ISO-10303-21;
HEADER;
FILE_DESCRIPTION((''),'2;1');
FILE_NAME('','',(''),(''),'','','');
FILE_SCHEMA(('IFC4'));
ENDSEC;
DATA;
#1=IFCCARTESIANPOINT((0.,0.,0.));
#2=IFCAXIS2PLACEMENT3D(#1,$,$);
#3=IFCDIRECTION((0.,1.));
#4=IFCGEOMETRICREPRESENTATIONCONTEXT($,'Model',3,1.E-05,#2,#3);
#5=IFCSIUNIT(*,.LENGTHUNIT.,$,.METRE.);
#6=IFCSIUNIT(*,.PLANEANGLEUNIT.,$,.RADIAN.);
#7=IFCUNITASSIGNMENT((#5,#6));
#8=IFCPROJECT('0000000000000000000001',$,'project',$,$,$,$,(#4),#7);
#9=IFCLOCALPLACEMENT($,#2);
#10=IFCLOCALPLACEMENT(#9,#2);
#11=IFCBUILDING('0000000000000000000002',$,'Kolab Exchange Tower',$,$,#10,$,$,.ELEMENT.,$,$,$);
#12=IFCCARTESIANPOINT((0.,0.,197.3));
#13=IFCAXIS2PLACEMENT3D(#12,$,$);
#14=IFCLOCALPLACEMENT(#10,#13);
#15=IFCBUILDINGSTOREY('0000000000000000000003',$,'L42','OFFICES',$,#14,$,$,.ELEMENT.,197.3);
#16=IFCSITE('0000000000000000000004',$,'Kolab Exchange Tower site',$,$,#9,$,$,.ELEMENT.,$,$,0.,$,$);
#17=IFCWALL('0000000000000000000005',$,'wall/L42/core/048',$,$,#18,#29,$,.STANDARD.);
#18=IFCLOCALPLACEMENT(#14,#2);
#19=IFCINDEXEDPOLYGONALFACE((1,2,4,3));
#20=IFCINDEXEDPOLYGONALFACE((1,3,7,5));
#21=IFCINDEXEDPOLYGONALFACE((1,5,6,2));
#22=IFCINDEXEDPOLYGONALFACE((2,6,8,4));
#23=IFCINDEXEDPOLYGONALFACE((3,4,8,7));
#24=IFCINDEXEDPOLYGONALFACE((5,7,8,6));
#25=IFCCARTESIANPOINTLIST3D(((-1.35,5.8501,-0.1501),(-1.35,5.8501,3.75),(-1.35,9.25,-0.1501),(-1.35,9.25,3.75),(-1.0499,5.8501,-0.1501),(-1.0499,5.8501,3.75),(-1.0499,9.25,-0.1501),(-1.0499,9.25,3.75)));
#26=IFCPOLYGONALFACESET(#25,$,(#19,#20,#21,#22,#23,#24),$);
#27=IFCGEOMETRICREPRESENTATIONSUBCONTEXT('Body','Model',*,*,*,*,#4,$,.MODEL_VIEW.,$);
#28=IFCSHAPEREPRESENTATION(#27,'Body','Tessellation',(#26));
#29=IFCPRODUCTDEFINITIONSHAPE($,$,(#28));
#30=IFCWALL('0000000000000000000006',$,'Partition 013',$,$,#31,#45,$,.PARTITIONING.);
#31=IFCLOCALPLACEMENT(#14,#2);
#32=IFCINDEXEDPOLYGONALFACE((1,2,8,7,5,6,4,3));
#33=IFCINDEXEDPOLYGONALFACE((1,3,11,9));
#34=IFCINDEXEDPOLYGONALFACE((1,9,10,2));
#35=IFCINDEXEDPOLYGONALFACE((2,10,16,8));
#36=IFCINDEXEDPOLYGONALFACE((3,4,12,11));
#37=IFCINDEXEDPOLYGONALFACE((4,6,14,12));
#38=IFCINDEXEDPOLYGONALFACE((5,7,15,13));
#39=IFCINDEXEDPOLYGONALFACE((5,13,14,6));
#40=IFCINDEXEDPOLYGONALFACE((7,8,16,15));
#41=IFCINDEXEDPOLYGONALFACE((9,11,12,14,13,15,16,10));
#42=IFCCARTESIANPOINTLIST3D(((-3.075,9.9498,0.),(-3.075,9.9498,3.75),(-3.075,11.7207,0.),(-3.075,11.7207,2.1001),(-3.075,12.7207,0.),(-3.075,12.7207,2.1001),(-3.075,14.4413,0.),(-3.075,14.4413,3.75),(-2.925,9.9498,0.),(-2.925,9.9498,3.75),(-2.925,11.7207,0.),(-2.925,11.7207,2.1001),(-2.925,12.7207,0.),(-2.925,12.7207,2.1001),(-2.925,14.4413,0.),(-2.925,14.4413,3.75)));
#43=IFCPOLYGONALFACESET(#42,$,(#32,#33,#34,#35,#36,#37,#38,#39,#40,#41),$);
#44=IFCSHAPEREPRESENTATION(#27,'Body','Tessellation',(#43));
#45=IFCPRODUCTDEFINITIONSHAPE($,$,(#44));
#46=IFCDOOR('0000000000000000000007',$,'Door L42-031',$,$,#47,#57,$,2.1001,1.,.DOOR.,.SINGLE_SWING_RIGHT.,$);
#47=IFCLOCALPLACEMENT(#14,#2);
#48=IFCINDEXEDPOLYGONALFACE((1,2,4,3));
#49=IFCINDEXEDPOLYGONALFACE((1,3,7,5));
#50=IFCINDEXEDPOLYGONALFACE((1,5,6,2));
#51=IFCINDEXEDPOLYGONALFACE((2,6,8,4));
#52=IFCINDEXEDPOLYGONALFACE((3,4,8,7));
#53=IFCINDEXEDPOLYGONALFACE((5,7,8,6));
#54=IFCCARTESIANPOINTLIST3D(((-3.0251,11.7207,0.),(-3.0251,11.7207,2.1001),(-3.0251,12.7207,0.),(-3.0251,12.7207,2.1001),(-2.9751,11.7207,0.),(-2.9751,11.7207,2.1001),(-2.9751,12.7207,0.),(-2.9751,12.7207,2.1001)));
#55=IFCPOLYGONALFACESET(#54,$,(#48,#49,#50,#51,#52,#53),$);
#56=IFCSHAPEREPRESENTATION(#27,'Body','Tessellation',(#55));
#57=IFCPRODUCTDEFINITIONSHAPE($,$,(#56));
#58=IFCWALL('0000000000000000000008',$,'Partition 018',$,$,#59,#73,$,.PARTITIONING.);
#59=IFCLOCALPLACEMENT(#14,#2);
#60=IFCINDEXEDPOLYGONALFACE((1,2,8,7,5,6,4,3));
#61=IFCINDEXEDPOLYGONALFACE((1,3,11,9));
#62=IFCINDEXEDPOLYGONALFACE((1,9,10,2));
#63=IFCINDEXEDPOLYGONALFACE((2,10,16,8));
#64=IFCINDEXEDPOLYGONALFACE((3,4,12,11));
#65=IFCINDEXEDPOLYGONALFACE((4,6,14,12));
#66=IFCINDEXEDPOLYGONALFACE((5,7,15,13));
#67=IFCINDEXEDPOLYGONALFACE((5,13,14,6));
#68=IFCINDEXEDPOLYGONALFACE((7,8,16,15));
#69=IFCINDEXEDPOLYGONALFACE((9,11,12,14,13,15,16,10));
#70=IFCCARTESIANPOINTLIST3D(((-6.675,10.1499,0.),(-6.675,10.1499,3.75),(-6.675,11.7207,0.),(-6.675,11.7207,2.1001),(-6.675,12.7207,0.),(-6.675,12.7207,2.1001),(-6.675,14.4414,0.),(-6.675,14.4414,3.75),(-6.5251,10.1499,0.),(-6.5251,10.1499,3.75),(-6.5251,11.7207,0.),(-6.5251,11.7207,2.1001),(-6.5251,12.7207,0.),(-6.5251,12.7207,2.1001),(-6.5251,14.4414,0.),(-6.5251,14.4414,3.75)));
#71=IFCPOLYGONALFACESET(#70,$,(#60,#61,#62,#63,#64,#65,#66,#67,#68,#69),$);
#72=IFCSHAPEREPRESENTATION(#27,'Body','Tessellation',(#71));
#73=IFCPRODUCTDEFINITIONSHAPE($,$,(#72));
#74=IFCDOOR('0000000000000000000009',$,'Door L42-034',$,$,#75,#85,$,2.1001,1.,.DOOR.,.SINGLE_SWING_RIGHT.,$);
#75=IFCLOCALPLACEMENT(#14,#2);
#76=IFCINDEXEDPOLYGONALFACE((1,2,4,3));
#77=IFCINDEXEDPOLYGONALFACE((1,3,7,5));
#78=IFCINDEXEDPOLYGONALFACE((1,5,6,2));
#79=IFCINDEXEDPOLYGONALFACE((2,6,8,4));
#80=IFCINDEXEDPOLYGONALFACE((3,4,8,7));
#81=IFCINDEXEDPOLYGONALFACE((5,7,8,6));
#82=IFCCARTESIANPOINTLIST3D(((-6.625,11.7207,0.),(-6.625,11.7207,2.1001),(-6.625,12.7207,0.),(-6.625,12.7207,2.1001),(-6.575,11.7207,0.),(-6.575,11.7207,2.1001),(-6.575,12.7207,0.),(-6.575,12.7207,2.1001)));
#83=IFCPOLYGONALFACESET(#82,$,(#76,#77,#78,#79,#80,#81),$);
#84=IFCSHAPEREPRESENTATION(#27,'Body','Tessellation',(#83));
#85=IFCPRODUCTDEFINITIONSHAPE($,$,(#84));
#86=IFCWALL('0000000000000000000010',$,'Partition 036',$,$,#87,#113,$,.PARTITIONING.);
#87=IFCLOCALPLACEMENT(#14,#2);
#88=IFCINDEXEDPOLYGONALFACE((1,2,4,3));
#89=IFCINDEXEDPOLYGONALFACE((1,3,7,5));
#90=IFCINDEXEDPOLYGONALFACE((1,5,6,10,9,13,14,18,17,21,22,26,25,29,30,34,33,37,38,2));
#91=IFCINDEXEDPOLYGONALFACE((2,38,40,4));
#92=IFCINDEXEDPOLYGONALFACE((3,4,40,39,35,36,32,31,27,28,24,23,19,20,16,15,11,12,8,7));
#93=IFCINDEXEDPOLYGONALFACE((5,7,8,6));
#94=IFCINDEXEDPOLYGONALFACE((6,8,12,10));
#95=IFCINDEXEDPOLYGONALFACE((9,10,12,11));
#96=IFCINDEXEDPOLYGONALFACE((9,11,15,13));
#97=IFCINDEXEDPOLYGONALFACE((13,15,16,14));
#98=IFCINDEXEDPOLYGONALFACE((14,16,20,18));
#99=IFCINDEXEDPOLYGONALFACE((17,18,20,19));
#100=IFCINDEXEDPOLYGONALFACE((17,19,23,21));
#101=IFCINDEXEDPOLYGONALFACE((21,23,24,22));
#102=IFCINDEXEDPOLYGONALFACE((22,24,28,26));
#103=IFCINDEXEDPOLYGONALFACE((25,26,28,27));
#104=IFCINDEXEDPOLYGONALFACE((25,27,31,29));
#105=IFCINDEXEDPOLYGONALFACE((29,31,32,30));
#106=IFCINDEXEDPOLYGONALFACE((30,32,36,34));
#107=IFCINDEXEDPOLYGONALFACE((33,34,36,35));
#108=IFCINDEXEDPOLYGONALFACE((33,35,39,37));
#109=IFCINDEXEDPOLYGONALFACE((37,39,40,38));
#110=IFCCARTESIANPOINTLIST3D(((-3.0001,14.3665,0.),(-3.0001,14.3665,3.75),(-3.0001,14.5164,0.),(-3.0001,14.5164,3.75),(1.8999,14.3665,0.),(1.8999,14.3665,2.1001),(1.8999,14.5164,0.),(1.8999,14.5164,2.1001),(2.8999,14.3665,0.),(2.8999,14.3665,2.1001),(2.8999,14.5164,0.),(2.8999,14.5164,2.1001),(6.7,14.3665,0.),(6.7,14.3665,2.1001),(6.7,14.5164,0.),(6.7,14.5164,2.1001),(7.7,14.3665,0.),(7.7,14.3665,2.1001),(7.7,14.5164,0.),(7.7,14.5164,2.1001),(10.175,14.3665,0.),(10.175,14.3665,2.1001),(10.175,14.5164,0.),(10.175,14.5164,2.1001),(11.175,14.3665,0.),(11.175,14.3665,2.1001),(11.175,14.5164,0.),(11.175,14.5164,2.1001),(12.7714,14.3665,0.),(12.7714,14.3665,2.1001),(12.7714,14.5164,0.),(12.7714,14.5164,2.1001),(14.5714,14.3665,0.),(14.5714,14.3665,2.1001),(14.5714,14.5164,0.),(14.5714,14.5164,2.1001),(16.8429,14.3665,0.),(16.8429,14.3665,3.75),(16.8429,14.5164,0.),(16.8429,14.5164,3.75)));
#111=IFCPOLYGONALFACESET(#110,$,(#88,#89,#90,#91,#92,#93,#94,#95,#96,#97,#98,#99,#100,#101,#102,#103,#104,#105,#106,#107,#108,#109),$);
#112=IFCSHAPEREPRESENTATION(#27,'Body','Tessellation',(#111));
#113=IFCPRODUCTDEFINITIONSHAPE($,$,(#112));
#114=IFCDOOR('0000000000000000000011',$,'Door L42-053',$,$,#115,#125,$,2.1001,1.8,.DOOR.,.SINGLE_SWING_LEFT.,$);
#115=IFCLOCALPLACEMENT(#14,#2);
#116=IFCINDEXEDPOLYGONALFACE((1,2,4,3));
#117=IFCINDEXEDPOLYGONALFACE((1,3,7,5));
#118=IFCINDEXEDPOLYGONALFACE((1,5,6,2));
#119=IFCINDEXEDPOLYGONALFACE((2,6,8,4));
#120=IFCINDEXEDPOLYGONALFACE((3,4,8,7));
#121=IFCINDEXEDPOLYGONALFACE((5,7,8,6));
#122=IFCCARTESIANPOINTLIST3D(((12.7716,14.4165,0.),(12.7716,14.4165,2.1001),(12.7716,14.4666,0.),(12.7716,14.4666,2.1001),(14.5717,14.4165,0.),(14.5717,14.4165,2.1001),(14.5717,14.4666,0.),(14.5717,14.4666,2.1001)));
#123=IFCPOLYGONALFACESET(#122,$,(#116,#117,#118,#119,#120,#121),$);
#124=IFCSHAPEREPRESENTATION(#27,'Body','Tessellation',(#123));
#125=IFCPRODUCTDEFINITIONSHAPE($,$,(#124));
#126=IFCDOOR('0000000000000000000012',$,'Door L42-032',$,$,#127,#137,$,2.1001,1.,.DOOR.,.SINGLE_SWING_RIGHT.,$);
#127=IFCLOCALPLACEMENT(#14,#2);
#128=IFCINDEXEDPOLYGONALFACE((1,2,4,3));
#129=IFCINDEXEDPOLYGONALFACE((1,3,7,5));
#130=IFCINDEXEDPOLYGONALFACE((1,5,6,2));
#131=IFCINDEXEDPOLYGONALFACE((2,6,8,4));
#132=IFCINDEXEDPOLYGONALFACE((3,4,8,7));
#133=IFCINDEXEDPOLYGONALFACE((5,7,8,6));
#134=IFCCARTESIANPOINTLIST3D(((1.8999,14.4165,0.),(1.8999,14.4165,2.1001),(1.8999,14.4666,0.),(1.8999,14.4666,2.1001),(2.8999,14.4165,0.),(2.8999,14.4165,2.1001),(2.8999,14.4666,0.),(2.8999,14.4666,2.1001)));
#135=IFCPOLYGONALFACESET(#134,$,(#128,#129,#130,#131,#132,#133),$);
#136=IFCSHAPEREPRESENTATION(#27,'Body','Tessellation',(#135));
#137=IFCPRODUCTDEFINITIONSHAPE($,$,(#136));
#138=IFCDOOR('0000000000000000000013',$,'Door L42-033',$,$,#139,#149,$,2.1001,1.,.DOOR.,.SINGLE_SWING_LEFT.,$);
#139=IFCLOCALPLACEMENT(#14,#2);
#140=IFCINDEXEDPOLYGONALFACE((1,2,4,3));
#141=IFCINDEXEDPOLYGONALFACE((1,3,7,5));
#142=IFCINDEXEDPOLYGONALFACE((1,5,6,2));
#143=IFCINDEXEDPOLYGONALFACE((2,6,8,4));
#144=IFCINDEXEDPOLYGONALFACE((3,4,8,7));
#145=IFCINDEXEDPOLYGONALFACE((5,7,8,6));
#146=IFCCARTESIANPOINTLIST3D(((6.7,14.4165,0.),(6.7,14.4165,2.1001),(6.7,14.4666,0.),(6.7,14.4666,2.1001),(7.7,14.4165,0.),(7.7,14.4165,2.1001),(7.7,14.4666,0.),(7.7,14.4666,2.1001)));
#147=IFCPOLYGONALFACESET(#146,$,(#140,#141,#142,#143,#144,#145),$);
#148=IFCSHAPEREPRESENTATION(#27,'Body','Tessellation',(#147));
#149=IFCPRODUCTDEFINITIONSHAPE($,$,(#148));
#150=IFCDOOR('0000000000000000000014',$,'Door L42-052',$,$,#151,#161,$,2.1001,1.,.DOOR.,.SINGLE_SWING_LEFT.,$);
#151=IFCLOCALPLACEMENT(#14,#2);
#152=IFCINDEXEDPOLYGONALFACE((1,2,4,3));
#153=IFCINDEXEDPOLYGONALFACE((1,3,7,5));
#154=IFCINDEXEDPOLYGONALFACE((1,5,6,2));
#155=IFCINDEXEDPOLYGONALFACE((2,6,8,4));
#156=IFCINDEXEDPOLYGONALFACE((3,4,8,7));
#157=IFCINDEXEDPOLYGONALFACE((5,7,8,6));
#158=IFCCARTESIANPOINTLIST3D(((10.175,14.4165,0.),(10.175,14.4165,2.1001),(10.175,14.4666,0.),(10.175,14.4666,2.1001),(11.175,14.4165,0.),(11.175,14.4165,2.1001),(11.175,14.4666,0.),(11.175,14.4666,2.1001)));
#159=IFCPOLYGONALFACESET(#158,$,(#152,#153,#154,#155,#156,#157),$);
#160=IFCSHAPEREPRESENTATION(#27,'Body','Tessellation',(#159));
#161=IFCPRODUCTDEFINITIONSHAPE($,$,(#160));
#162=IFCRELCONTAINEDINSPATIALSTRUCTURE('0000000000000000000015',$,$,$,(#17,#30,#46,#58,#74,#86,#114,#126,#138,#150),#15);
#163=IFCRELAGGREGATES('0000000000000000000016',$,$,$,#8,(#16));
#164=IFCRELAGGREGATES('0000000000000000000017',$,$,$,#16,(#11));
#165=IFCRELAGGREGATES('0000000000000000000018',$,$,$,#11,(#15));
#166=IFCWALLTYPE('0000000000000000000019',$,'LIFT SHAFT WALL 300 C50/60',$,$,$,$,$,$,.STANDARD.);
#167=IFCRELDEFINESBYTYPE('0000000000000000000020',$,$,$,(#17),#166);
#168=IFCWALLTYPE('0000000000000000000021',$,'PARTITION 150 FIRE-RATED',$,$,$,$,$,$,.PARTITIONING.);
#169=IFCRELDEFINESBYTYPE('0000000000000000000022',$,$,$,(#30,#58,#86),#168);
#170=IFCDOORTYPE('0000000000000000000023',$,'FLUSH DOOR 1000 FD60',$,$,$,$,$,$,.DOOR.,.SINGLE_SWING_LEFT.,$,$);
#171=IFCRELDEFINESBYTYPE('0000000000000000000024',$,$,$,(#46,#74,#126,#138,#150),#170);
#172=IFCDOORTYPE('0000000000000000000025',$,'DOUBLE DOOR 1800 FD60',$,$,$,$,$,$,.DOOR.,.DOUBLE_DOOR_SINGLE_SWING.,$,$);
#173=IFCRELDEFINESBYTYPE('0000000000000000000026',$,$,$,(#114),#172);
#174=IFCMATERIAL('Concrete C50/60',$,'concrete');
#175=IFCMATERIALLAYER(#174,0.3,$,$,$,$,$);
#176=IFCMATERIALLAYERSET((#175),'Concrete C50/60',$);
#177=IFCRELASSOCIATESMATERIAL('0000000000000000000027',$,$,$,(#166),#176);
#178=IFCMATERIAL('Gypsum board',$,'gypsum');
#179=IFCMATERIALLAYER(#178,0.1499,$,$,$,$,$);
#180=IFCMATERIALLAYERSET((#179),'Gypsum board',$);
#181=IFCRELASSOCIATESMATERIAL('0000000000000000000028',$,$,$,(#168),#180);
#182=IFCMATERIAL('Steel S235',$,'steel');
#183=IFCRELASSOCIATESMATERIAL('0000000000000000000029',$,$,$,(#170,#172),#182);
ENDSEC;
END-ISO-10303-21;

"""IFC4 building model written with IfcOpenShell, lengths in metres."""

from ifc_helpers import new_model, si_unit, direction, frame, frame_2d, origin, place, context, subcontext, project, spatial, rectangle, extrude, material, layer, layer_set, type_object, element, fill, save


model = new_model("IFC4")

# Units and contexts
model_context = context("Model", 3, precision=1e-05, world=origin(), true_north=direction((0.0, 1.0)))
body_context = subcontext(model_context, "Body", "Model", "MODEL_VIEW")
ifc_project = project(units=[si_unit("LENGTHUNIT", "METRE"), si_unit("PLANEANGLEUNIT", "RADIAN")], contexts=[model_context])

# Site, building, storey
site_placement = place(None, origin())
site = spatial("IfcSite", under=ifc_project, at=site_placement, Name="Kolab Exchange Tower site", CompositionType="ELEMENT", RefElevation=0.0)
building_placement = place(site_placement, origin())
building = spatial("IfcBuilding", under=site, at=building_placement, Name="Kolab Exchange Tower", CompositionType="ELEMENT")
storey_placement = place(building_placement, frame((0.0, 0.0, 197.3)))
storey = spatial("IfcBuildingStorey", under=building, at=storey_placement, Name="L42", Description="OFFICES", CompositionType="ELEMENT", Elevation=197.3)

# Shared definitions
ifc_material_1 = material(Name="Steel S235", Category="steel")
ifc_material_2 = material(Name="Concrete C50/60", Category="concrete")
ifc_layer_1 = layer(ifc_material_2, 0.3)
ifc_layer_set_1 = layer_set([ifc_layer_1], Name="Concrete C50/60")
wall_type_1 = type_object("IfcWallType", Name="LIFT SHAFT WALL 300 C50/60", PredefinedType="STANDARD", material=ifc_layer_set_1)

# Wall
for number, where, z_axis, x_axis, name in (
    (1, (-1.2, 5.8501, -0.1501), (0.0, 0.0, 1.0), (0.0, 1.0, 0.0), "wall/L42/core/048"),
):
    element("IfcWall", number, at=place(storey_placement, frame(where, z_axis=z_axis, x_axis=x_axis)), inside=storey, type_object=wall_type_1, Name=name, PredefinedType="STANDARD", context=body_context, shape_type="SweptSolid", body=[
        extrude(rectangle(XDim=3.3999, YDim=0.3, at=frame_2d((1.7, 0.0))), origin(), (0.0, 0.0, 1.0), 3.9001),
    ])

# Walls, openings, doors
ifc_material_3 = material(Name="Gypsum board", Category="gypsum")
ifc_layer_2 = layer(ifc_material_3, 0.1499)
ifc_layer_set_2 = layer_set([ifc_layer_2], Name="Gypsum board")
wall_type_2 = type_object("IfcWallType", Name="PARTITION 150 FIRE-RATED", PredefinedType="PARTITIONING", material=ifc_layer_set_2)
wall_1_placement = place(storey_placement, frame((-3.0, 9.95, 0.0), z_axis=(0.0, 0.0, 1.0), x_axis=(0.0, 1.0, 0.0)))
wall_1 = element("IfcWall", 2, at=wall_1_placement, inside=storey, type_object=wall_type_2, Name="Partition 013", PredefinedType="PARTITIONING", context=body_context, shape_type="SweptSolid", body=[
    extrude(rectangle(XDim=4.4915, YDim=0.1499, at=frame_2d((2.2456, 0.0))), origin(), (0.0, 0.0, 1.0), 3.75),
])
opening_1_placement = place(wall_1_placement, frame((1.7708, 0.0, 0.0)))
opening_1 = element("IfcOpeningElement", 3, at=opening_1_placement, cuts=wall_1, PredefinedType="OPENING", context=body_context, shape_type="SweptSolid", body=[
    extrude(rectangle(XDim=1.0, YDim=2.1001, at=frame_2d((0.5, 1.05))), frame((0.0, 0.085, 0.0), z_axis=(0.0, -1.0, 0.0), x_axis=(1.0, 0.0, 0.0)), (0.0, 0.0, 1.0), 0.1699),
])
door_type_1 = type_object("IfcDoorType", Name="FLUSH DOOR 1000 FD60", OperationType="SINGLE_SWING_LEFT", PredefinedType="DOOR", material=ifc_material_1)
door_1_placement = place(opening_1_placement, frame((1.0, 0.0, 0.0), z_axis=(0.0, 0.0, 1.0), x_axis=(-1.0, 0.0, 0.0)))
door_1 = element("IfcDoor", 4, at=door_1_placement, inside=storey, type_object=door_type_1, Name="Door L42-031", OperationType="SINGLE_SWING_RIGHT", OverallHeight=2.1001, OverallWidth=1.0, PredefinedType="DOOR", context=body_context, shape_type="SweptSolid", body=[
    extrude(rectangle(XDim=1.0, YDim=2.1001, at=frame_2d((0.5, 1.05))), frame((0.0, 0.0249, 0.0), z_axis=(0.0, -1.0, 0.0), x_axis=(1.0, 0.0, 0.0)), (0.0, 0.0, 1.0), 0.05),
])
fill(opening_1, door_1)
wall_2_placement = place(storey_placement, frame((-6.6001, 10.1499, 0.0), z_axis=(0.0, 0.0, 1.0), x_axis=(0.0, 1.0, 0.0)))
wall_2 = element("IfcWall", 5, at=wall_2_placement, inside=storey, type_object=wall_type_2, Name="Partition 018", PredefinedType="PARTITIONING", context=body_context, shape_type="SweptSolid", body=[
    extrude(rectangle(XDim=4.2915, YDim=0.1499, at=frame_2d((2.1458, 0.0))), origin(), (0.0, 0.0, 1.0), 3.75),
])
opening_2_placement = place(wall_2_placement, frame((1.5708, 0.0, 0.0)))
opening_2 = element("IfcOpeningElement", 6, at=opening_2_placement, cuts=wall_2, PredefinedType="OPENING", context=body_context, shape_type="SweptSolid", body=[
    extrude(rectangle(XDim=1.0, YDim=2.1001, at=frame_2d((0.5, 1.05))), frame((0.0, 0.085, 0.0), z_axis=(0.0, -1.0, 0.0), x_axis=(1.0, 0.0, 0.0)), (0.0, 0.0, 1.0), 0.1699),
])
door_2_placement = place(opening_2_placement, origin())
door_2 = element("IfcDoor", 7, at=door_2_placement, inside=storey, type_object=door_type_1, Name="Door L42-034", OperationType="SINGLE_SWING_RIGHT", OverallHeight=2.1001, OverallWidth=1.0, PredefinedType="DOOR", context=body_context, shape_type="SweptSolid", body=[
    extrude(rectangle(XDim=1.0, YDim=2.1001, at=frame_2d((0.5, 1.05))), frame((0.0, 0.0249, 0.0), z_axis=(0.0, -1.0, 0.0), x_axis=(1.0, 0.0, 0.0)), (0.0, 0.0, 1.0), 0.05),
])
fill(opening_2, door_2)

# Wall, openings, doors
wall_3_placement = place(storey_placement, frame((-3.0, 14.4414, 0.0), z_axis=(0.0, 0.0, 1.0), x_axis=(1.0, 0.0, 0.0)))
wall_3 = element("IfcWall", 8, at=wall_3_placement, inside=storey, type_object=wall_type_2, Name="Partition 036", PredefinedType="PARTITIONING", context=body_context, shape_type="SweptSolid", body=[
    extrude(rectangle(XDim=19.843, YDim=0.1499, at=frame_2d((9.9214, 0.0))), origin(), (0.0, 0.0, 1.0), 3.75),
])
opening_3_placement = place(wall_3_placement, frame((4.8999, 0.0, 0.0)))
opening_3 = element("IfcOpeningElement", 9, at=opening_3_placement, cuts=wall_3, PredefinedType="OPENING", context=body_context, shape_type="SweptSolid", body=[
    extrude(rectangle(XDim=1.0, YDim=2.1001, at=frame_2d((0.5, 1.05))), frame((0.0, 0.085, 0.0), z_axis=(0.0, -1.0, 0.0), x_axis=(1.0, 0.0, 0.0)), (0.0, 0.0, 1.0), 0.1699),
])
opening_4_placement = place(wall_3_placement, frame((9.7, 0.0, 0.0)))
opening_4 = element("IfcOpeningElement", 10, at=opening_4_placement, cuts=wall_3, PredefinedType="OPENING", context=body_context, shape_type="SweptSolid", body=[
    extrude(rectangle(XDim=1.0, YDim=2.1001, at=frame_2d((0.5, 1.05))), frame((0.0, 0.085, 0.0), z_axis=(0.0, -1.0, 0.0), x_axis=(1.0, 0.0, 0.0)), (0.0, 0.0, 1.0), 0.1699),
])
opening_5_placement = place(wall_3_placement, frame((13.175, 0.0, 0.0)))
opening_5 = element("IfcOpeningElement", 11, at=opening_5_placement, cuts=wall_3, PredefinedType="OPENING", context=body_context, shape_type="SweptSolid", body=[
    extrude(rectangle(XDim=1.0, YDim=2.1001, at=frame_2d((0.5, 1.05))), frame((0.0, 0.085, 0.0), z_axis=(0.0, -1.0, 0.0), x_axis=(1.0, 0.0, 0.0)), (0.0, 0.0, 1.0), 0.1699),
])
opening_6_placement = place(wall_3_placement, frame((15.7715, 0.0, 0.0)))
opening_6 = element("IfcOpeningElement", 12, at=opening_6_placement, cuts=wall_3, PredefinedType="OPENING", context=body_context, shape_type="SweptSolid", body=[
    extrude(rectangle(XDim=1.8, YDim=2.1001, at=frame_2d((0.8999, 1.05))), frame((0.0, 0.085, 0.0), z_axis=(0.0, -1.0, 0.0), x_axis=(1.0, 0.0, 0.0)), (0.0, 0.0, 1.0), 0.1699),
])
door_type_2 = type_object("IfcDoorType", Name="DOUBLE DOOR 1800 FD60", OperationType="DOUBLE_DOOR_SINGLE_SWING", PredefinedType="DOOR", material=ifc_material_1)
door_3_placement = place(opening_6_placement, frame((1.8, 0.0, 0.0), z_axis=(0.0, 0.0, 1.0), x_axis=(-1.0, 0.0, 0.0)))
door_3 = element("IfcDoor", 13, at=door_3_placement, inside=storey, type_object=door_type_2, Name="Door L42-053", OperationType="SINGLE_SWING_LEFT", OverallHeight=2.1001, OverallWidth=1.8, PredefinedType="DOOR", context=body_context, shape_type="SweptSolid", body=[
    extrude(rectangle(XDim=1.8, YDim=2.1001, at=frame_2d((0.8999, 1.05))), frame((0.0, 0.0249, 0.0), z_axis=(0.0, -1.0, 0.0), x_axis=(1.0, 0.0, 0.0)), (0.0, 0.0, 1.0), 0.05),
])
fill(opening_6, door_3)
door_4_placement = place(opening_3_placement, frame((1.0, 0.0, 0.0), z_axis=(0.0, 0.0, 1.0), x_axis=(-1.0, 0.0, 0.0)))
door_4 = element("IfcDoor", 14, at=door_4_placement, inside=storey, type_object=door_type_1, Name="Door L42-032", OperationType="SINGLE_SWING_RIGHT", OverallHeight=2.1001, OverallWidth=1.0, PredefinedType="DOOR", context=body_context, shape_type="SweptSolid", body=[
    extrude(rectangle(XDim=1.0, YDim=2.1001, at=frame_2d((0.5, 1.05))), frame((0.0, 0.0249, 0.0), z_axis=(0.0, -1.0, 0.0), x_axis=(1.0, 0.0, 0.0)), (0.0, 0.0, 1.0), 0.05),
])
fill(opening_3, door_4)
door_5_placement = place(opening_4_placement, frame((1.0, 0.0, 0.0), z_axis=(0.0, 0.0, 1.0), x_axis=(-1.0, 0.0, 0.0)))
door_5 = element("IfcDoor", 15, at=door_5_placement, inside=storey, type_object=door_type_1, Name="Door L42-033", OperationType="SINGLE_SWING_LEFT", OverallHeight=2.1001, OverallWidth=1.0, PredefinedType="DOOR", context=body_context, shape_type="SweptSolid", body=[
    extrude(rectangle(XDim=1.0, YDim=2.1001, at=frame_2d((0.5, 1.05))), frame((0.0, 0.0249, 0.0), z_axis=(0.0, -1.0, 0.0), x_axis=(1.0, 0.0, 0.0)), (0.0, 0.0, 1.0), 0.05),
])
fill(opening_4, door_5)
door_6_placement = place(opening_5_placement, frame((1.0, 0.0, 0.0), z_axis=(0.0, 0.0, 1.0), x_axis=(-1.0, 0.0, 0.0)))
door_6 = element("IfcDoor", 16, at=door_6_placement, inside=storey, type_object=door_type_1, Name="Door L42-052", OperationType="SINGLE_SWING_LEFT", OverallHeight=2.1001, OverallWidth=1.0, PredefinedType="DOOR", context=body_context, shape_type="SweptSolid", body=[
    extrude(rectangle(XDim=1.0, YDim=2.1001, at=frame_2d((0.5, 1.05))), frame((0.0, 0.0249, 0.0), z_axis=(0.0, -1.0, 0.0), x_axis=(1.0, 0.0, 0.0)), (0.0, 0.0, 1.0), 0.05),
])
fill(opening_5, door_6)

save(model, "model.ifc")
